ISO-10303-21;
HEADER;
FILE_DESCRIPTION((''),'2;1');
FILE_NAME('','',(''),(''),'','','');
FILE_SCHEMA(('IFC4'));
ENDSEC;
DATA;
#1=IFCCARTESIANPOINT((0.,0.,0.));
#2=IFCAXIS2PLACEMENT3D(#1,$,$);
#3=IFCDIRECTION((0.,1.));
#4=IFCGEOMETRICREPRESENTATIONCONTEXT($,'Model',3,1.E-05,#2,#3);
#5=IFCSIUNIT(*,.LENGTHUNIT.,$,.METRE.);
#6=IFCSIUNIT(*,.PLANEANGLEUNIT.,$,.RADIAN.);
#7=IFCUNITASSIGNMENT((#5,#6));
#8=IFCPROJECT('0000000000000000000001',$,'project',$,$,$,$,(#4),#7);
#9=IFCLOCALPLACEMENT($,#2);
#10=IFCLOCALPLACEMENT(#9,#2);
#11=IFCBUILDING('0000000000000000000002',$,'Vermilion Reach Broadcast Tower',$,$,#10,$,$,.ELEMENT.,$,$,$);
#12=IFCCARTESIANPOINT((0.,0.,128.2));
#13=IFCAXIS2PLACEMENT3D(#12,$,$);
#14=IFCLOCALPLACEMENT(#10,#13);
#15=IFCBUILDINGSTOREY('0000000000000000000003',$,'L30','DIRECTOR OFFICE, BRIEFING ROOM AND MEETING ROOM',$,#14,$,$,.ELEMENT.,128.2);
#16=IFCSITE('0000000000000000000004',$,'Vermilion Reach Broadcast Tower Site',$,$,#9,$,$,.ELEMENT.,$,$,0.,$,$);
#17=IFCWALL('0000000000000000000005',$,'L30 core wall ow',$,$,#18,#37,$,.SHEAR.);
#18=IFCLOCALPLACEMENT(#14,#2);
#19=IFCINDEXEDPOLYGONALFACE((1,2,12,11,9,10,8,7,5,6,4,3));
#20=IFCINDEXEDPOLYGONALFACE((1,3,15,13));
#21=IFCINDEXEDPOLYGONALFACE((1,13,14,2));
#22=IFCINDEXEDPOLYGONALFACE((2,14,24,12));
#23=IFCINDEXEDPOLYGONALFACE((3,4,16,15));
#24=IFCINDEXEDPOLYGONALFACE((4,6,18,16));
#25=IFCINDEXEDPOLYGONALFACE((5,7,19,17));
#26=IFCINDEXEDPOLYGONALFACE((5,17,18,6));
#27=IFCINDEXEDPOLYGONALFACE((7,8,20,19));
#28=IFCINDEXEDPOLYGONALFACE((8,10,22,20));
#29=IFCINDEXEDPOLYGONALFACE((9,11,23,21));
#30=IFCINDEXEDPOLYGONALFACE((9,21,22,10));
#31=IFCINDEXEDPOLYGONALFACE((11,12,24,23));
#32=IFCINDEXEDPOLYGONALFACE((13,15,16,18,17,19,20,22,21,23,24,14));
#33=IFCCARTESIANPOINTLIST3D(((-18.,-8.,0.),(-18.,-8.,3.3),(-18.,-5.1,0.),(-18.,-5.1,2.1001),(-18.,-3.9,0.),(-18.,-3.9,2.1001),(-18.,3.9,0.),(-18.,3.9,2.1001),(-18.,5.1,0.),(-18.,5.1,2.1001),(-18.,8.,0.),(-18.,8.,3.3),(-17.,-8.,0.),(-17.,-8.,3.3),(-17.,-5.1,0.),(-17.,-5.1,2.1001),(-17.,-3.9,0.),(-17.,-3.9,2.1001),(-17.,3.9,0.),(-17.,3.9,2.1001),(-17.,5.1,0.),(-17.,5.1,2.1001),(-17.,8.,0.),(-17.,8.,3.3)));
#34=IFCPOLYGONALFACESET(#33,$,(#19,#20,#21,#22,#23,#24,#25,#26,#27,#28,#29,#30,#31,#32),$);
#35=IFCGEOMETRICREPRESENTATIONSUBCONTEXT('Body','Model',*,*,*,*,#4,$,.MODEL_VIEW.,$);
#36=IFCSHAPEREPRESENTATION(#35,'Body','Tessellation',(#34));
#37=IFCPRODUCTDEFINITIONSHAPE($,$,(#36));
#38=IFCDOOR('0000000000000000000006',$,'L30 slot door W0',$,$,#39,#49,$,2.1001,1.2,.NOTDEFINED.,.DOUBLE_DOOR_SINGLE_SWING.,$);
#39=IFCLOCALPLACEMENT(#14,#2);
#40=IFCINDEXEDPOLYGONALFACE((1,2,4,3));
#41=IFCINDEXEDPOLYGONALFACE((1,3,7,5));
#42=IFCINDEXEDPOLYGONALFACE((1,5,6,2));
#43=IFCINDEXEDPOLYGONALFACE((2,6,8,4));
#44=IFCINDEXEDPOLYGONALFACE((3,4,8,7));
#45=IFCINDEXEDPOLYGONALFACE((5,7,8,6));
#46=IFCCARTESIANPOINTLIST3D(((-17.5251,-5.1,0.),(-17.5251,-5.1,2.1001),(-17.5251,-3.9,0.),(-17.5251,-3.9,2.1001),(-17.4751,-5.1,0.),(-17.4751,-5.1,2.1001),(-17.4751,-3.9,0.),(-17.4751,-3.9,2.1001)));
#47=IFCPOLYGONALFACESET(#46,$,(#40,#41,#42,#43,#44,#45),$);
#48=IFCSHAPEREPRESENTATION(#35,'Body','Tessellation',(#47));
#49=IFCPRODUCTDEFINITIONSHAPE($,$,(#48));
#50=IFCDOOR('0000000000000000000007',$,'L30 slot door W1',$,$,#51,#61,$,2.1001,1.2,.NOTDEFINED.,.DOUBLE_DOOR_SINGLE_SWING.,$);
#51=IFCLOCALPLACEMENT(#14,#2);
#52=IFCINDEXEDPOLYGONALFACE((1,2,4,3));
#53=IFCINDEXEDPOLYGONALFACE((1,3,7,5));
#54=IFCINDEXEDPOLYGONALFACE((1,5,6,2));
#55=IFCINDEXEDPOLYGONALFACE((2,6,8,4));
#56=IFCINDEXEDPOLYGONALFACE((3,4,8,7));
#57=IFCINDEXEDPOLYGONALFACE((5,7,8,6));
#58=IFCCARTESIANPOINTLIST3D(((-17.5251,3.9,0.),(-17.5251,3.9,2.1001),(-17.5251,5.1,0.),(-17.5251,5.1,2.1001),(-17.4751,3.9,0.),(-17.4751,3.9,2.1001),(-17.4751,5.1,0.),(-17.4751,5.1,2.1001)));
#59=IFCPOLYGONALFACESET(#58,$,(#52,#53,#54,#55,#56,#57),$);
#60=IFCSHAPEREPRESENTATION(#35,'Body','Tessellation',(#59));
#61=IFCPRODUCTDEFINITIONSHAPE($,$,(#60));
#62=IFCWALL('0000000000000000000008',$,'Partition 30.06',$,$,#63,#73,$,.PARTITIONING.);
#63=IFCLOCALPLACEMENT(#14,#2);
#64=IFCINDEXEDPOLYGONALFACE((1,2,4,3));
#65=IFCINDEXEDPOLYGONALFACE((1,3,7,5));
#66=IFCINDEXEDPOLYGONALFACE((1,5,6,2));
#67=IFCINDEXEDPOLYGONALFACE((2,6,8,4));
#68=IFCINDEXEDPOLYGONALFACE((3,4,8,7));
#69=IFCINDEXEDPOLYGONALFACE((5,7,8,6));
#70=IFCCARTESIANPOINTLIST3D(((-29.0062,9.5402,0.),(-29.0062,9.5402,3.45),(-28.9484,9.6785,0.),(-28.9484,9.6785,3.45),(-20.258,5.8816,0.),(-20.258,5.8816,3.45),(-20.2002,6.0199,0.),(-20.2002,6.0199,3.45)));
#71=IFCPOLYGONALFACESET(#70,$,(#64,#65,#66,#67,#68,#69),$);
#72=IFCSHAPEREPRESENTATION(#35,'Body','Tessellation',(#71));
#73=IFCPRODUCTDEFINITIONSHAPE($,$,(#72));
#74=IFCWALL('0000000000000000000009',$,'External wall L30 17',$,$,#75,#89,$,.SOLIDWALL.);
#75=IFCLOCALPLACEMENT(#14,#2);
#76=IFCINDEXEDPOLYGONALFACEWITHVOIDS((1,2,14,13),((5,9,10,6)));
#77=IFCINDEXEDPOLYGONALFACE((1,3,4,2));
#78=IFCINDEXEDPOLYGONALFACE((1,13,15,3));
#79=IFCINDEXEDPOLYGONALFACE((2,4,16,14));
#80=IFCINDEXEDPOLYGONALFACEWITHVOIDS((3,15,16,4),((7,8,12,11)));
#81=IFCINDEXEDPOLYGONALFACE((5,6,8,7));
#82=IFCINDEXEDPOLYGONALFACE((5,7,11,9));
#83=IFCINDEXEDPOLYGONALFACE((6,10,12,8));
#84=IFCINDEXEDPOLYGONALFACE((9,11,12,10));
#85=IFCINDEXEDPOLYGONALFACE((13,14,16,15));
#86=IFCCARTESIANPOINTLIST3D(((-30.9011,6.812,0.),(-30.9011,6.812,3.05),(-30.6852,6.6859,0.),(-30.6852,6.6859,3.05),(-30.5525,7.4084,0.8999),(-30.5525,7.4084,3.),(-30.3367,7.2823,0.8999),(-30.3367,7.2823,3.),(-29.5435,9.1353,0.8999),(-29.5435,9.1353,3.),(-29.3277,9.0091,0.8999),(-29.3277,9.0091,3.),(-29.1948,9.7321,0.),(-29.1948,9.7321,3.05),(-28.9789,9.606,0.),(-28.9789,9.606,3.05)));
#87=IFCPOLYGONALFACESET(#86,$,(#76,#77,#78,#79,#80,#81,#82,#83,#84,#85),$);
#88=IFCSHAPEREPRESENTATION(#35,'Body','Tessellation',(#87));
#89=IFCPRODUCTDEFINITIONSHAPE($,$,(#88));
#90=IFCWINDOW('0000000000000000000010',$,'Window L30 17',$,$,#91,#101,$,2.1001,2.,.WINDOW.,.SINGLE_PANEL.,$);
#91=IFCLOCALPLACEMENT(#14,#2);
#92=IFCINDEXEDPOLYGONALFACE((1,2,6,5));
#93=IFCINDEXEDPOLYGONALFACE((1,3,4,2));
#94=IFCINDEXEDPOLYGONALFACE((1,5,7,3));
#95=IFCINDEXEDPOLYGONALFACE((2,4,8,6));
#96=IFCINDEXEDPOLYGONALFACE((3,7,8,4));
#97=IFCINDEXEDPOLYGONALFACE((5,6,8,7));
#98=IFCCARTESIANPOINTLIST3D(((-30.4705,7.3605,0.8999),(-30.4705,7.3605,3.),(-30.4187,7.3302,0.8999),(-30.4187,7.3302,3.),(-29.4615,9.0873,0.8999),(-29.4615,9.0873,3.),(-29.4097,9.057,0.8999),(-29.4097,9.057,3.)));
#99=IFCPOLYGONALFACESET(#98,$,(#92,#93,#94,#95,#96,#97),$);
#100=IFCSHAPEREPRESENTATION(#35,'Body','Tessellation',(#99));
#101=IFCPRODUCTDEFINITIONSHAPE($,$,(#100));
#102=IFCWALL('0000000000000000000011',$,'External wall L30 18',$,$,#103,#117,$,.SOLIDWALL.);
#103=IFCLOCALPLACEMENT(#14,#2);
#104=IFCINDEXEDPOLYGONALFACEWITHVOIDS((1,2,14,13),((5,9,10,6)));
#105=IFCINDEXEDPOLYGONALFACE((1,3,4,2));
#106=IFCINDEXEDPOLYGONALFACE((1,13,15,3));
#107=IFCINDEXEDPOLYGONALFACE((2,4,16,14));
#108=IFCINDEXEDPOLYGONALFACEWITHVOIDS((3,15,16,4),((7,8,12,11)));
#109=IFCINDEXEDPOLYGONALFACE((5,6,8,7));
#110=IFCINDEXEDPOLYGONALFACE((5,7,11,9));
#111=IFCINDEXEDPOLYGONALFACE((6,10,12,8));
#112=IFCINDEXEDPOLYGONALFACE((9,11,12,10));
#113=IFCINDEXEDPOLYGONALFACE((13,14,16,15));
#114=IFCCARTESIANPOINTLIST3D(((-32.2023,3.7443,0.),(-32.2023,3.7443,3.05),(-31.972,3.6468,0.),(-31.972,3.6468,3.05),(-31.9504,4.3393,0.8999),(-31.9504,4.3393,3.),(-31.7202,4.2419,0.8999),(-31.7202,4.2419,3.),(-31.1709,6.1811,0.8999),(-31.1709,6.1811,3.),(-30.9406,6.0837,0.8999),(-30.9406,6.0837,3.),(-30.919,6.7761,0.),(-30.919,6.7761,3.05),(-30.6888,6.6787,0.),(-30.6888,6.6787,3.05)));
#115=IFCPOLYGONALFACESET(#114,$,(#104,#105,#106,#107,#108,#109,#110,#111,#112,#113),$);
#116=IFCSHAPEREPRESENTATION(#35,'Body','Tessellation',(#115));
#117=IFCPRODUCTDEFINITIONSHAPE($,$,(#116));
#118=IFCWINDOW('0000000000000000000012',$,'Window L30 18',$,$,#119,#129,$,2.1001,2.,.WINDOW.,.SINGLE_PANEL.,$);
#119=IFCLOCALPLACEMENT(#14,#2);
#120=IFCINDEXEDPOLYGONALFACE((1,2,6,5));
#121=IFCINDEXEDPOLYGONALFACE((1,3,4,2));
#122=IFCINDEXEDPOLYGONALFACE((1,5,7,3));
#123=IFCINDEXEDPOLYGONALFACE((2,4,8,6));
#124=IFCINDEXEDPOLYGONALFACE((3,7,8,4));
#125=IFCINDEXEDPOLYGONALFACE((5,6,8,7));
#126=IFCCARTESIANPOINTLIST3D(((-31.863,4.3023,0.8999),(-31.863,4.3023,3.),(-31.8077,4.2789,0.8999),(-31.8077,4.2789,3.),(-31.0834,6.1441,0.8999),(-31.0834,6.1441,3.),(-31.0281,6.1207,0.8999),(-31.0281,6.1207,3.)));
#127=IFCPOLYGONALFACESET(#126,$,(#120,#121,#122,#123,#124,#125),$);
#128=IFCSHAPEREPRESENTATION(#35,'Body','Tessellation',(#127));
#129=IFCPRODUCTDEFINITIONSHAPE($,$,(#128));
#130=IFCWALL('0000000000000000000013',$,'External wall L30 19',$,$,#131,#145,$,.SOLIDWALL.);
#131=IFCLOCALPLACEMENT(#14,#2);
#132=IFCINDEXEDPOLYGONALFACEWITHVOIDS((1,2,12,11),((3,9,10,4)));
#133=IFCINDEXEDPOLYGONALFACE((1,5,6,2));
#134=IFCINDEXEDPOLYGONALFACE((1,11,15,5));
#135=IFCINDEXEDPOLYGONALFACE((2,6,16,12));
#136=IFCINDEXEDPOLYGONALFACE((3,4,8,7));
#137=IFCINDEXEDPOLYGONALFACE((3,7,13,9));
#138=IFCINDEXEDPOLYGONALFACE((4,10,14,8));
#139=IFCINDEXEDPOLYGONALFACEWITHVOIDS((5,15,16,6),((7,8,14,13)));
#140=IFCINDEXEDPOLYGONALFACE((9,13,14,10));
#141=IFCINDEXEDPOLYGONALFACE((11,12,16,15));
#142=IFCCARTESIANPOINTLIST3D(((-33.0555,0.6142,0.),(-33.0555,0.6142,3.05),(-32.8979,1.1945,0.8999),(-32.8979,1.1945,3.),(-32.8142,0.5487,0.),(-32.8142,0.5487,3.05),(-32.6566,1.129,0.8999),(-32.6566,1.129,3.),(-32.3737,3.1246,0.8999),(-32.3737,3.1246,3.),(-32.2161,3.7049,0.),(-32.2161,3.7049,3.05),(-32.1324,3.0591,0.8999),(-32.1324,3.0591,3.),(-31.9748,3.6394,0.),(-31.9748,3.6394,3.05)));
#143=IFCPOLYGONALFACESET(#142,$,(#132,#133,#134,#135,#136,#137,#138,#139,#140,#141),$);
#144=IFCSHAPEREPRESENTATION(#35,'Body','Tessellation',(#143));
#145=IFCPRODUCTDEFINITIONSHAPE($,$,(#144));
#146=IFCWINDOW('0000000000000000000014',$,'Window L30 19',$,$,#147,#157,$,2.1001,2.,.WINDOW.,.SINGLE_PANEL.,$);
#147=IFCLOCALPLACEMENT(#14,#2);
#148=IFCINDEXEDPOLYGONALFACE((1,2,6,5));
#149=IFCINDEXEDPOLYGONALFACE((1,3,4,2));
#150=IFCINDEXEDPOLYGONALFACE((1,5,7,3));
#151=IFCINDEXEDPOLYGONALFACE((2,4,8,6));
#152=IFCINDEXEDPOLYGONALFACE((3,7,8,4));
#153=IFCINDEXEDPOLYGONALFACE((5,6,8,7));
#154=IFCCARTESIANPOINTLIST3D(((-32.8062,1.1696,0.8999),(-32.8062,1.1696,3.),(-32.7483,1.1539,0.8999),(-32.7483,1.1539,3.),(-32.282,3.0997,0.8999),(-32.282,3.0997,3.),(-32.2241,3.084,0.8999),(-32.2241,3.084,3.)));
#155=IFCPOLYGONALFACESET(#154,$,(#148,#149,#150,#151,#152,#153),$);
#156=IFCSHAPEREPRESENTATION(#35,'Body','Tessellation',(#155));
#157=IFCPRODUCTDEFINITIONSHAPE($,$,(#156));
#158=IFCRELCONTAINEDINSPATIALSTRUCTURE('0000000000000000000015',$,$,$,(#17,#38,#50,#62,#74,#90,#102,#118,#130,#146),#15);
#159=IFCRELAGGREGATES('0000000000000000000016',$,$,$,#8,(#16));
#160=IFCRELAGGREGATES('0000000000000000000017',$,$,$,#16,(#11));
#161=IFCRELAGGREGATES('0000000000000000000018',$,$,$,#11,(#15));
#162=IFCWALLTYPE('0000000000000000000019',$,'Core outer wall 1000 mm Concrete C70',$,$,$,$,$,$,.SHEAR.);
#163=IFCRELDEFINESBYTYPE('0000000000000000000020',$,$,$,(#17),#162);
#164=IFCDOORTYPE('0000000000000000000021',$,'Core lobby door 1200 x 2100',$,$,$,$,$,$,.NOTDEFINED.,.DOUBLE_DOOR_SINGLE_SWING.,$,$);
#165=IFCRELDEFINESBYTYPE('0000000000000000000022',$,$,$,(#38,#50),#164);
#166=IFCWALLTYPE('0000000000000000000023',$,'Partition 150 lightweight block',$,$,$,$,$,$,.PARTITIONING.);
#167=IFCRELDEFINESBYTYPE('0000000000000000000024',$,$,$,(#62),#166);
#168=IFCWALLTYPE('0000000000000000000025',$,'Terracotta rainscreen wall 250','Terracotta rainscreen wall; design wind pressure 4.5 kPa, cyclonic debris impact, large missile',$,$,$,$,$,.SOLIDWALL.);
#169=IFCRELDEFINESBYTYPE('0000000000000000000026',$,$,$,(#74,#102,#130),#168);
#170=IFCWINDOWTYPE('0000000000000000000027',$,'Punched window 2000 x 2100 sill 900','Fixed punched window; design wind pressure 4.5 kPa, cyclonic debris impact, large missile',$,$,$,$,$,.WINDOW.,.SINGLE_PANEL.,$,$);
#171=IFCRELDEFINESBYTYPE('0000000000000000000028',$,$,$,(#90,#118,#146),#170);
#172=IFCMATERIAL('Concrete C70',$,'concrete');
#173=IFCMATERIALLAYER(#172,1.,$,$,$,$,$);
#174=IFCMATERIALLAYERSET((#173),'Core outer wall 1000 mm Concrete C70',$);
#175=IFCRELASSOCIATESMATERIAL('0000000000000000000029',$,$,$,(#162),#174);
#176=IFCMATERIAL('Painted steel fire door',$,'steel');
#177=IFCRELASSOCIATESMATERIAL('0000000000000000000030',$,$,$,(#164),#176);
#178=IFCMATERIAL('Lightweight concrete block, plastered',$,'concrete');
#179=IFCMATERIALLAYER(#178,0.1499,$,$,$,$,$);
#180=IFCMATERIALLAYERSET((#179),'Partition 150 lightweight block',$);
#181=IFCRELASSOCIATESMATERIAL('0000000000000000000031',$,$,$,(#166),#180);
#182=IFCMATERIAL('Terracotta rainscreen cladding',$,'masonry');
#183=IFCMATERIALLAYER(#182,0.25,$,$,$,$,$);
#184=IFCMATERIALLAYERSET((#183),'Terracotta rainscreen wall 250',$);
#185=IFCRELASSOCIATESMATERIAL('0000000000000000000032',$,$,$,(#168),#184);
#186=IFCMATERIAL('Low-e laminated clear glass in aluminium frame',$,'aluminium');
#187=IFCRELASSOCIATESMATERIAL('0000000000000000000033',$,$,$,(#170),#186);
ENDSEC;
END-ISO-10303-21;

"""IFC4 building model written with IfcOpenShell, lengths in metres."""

from ifc_helpers import new_model, si_unit, direction, frame, frame_2d, origin, place, context, subcontext, project, spatial, rectangle, extrude, material, layer, layer_set, type_object, element, fill, save


model = new_model("IFC4")

# Units and contexts
model_context = context("Model", 3, precision=1e-05, world=origin(), true_north=direction((0.0, 1.0)))
body_context = subcontext(model_context, "Body", "Model", "MODEL_VIEW")
ifc_project = project(units=[si_unit("LENGTHUNIT", "METRE"), si_unit("PLANEANGLEUNIT", "RADIAN")], contexts=[model_context])

# Site, building, storey
site_placement = place(None, origin())
site = spatial("IfcSite", under=ifc_project, at=site_placement, Name="Vermilion Reach Broadcast Tower Site", CompositionType="ELEMENT", RefElevation=0.0)
building_placement = place(site_placement, origin())
building = spatial("IfcBuilding", under=site, at=building_placement, Name="Vermilion Reach Broadcast Tower", CompositionType="ELEMENT")
storey_placement = place(building_placement, frame((0.0, 0.0, 128.2)))
storey = spatial("IfcBuildingStorey", under=building, at=storey_placement, Name="L30", Description="DIRECTOR OFFICE, BRIEFING ROOM AND MEETING ROOM", CompositionType="ELEMENT", Elevation=128.2)

# Wall, openings, doors
ifc_material_1 = material(Name="Concrete C70", Category="concrete")
ifc_layer_1 = layer(ifc_material_1, 1.0)
ifc_layer_set_1 = layer_set([ifc_layer_1], Name="Core outer wall 1000 mm Concrete C70")
wall_type_1 = type_object("IfcWallType", Name="Core outer wall 1000 mm Concrete C70", PredefinedType="SHEAR", material=ifc_layer_set_1)
wall_1_placement = place(storey_placement, frame((-17.5, 8.0, 0.0), z_axis=(0.0, 0.0, 1.0), x_axis=(0.0, -1.0, 0.0)))
wall_1 = element("IfcWall", 1, at=wall_1_placement, inside=storey, type_object=wall_type_1, Name="L30 core wall ow", PredefinedType="SHEAR", context=body_context, shape_type="SweptSolid", body=[
    extrude(rectangle(XDim=16.0, YDim=1.0, at=frame_2d((8.0, 0.0))), origin(), (0.0, 0.0, 1.0), 3.3),
])
opening_1_placement = place(wall_1_placement, frame((11.8999, 0.0, 0.0)))
opening_1 = element("IfcOpeningElement", 2, at=opening_1_placement, cuts=wall_1, PredefinedType="OPENING", context=body_context, shape_type="SweptSolid", body=[
    extrude(rectangle(XDim=1.2, YDim=2.1001, at=frame_2d((0.6001, 1.05))), frame((0.0, 0.51, 0.0), z_axis=(0.0, -1.0, 0.0), x_axis=(1.0, 0.0, 0.0)), (0.0, 0.0, 1.0), 1.02),
])
opening_2_placement = place(wall_1_placement, frame((2.8999, 0.0, 0.0)))
opening_2 = element("IfcOpeningElement", 3, at=opening_2_placement, cuts=wall_1, PredefinedType="OPENING", context=body_context, shape_type="SweptSolid", body=[
    extrude(rectangle(XDim=1.2, YDim=2.1001, at=frame_2d((0.6001, 1.05))), frame((0.0, 0.51, 0.0), z_axis=(0.0, -1.0, 0.0), x_axis=(1.0, 0.0, 0.0)), (0.0, 0.0, 1.0), 1.02),
])
ifc_material_2 = material(Name="Painted steel fire door", Category="steel")
door_type_1 = type_object("IfcDoorType", Name="Core lobby door 1200 x 2100", OperationType="DOUBLE_DOOR_SINGLE_SWING", PredefinedType="NOTDEFINED", material=ifc_material_2)
door_1_placement = place(opening_1_placement, origin())
door_1 = element("IfcDoor", 4, at=door_1_placement, inside=storey, type_object=door_type_1, Name="L30 slot door W0", OperationType="DOUBLE_DOOR_SINGLE_SWING", OverallHeight=2.1001, OverallWidth=1.2, PredefinedType="NOTDEFINED", context=body_context, shape_type="SweptSolid", body=[
    extrude(rectangle(XDim=1.2, YDim=2.1001, at=frame_2d((0.6001, 1.05))), frame((0.0, 0.0249, 0.0), z_axis=(0.0, -1.0, 0.0), x_axis=(1.0, 0.0, 0.0)), (0.0, 0.0, 1.0), 0.05),
])
fill(opening_1, door_1)
door_2_placement = place(opening_2_placement, origin())
door_2 = element("IfcDoor", 5, at=door_2_placement, inside=storey, type_object=door_type_1, Name="L30 slot door W1", OperationType="DOUBLE_DOOR_SINGLE_SWING", OverallHeight=2.1001, OverallWidth=1.2, PredefinedType="NOTDEFINED", context=body_context, shape_type="SweptSolid", body=[
    extrude(rectangle(XDim=1.2, YDim=2.1001, at=frame_2d((0.6001, 1.05))), frame((0.0, 0.0249, 0.0), z_axis=(0.0, -1.0, 0.0), x_axis=(1.0, 0.0, 0.0)), (0.0, 0.0, 1.0), 0.05),
])
fill(opening_2, door_2)

# Wall
ifc_material_3 = material(Name="Lightweight concrete block, plastered", Category="concrete")
ifc_layer_2 = layer(ifc_material_3, 0.1499)
ifc_layer_set_2 = layer_set([ifc_layer_2], Name="Partition 150 lightweight block")
wall_type_2 = type_object("IfcWallType", Name="Partition 150 lightweight block", PredefinedType="PARTITIONING", material=ifc_layer_set_2)
wall_2_placement = place(storey_placement, frame((-28.9773, 9.6094, 0.0), z_axis=(0.0, 0.0, 1.0), x_axis=(0.922568, -0.385834, 0.0)))
element("IfcWall", 6, at=wall_2_placement, inside=storey, type_object=wall_type_2, Name="Partition 30.06", PredefinedType="PARTITIONING", context=body_context, shape_type="SweptSolid", body=[
    extrude(rectangle(XDim=9.4824, YDim=0.1499, at=frame_2d((4.7412, 0.0))), origin(), (0.0, 0.0, 1.0), 3.45),
])

# Shared definitions
ifc_material_4 = material(Name="Terracotta rainscreen cladding", Category="masonry")
ifc_layer_3 = layer(ifc_material_4, 0.25)
ifc_layer_set_3 = layer_set([ifc_layer_3], Name="Terracotta rainscreen wall 250")
wall_type_3 = type_object("IfcWallType", Name="Terracotta rainscreen wall 250", Description="Terracotta rainscreen wall; design wind pressure 4.5 kPa, cyclonic debris impact, large missile", PredefinedType="SOLIDWALL", material=ifc_layer_set_3)

# Walls, openings, windows
wall_3_placement = place(storey_placement, frame((-29.0869, 9.6689, 0.0), z_axis=(0.0, 0.0, 1.0), x_axis=(-0.504504, -0.86341, 0.0)))
wall_3 = element("IfcWall", 7, at=wall_3_placement, inside=storey, type_object=wall_type_3, Name="External wall L30 17", PredefinedType="SOLIDWALL", context=body_context, shape_type="SweptSolid", body=[
    extrude(rectangle(XDim=3.3821, YDim=0.25, at=frame_2d((1.6909, 0.0))), origin(), (0.0, 0.0, 1.0), 3.05),
])
opening_3_placement = place(wall_3_placement, frame((0.6912, 0.0, 0.8999)))
opening_3 = element("IfcOpeningElement", 8, at=opening_3_placement, cuts=wall_3, PredefinedType="OPENING", context=body_context, shape_type="SweptSolid", body=[
    extrude(rectangle(XDim=2.0, YDim=2.1001, at=frame_2d((1.0, 1.05))), frame((0.0, 0.135, 0.0), z_axis=(0.0, -1.0, 0.0), x_axis=(1.0, 0.0, 0.0)), (0.0, 0.0, 1.0), 0.27),
])
ifc_material_5 = material(Name="Low-e laminated clear glass in aluminium frame", Category="aluminium")
window_type = type_object("IfcWindowType", Name="Punched window 2000 x 2100 sill 900", Description="Fixed punched window; design wind pressure 4.5 kPa, cyclonic debris impact, large missile", PartitioningType="SINGLE_PANEL", PredefinedType="WINDOW", material=ifc_material_5)
window_1_placement = place(opening_3_placement, origin())
window_1 = element("IfcWindow", 9, at=window_1_placement, inside=storey, type_object=window_type, Name="Window L30 17", OverallHeight=2.1001, OverallWidth=2.0, PartitioningType="SINGLE_PANEL", PredefinedType="WINDOW", context=body_context, shape_type="SweptSolid", body=[
    extrude(rectangle(XDim=2.0, YDim=2.1001, at=frame_2d((1.0, 1.05))), frame((0.0, 0.03, 0.0), z_axis=(0.0, -1.0, 0.0), x_axis=(1.0, 0.0, 0.0)), (0.0, 0.0, 1.0), 0.0601),
])
fill(opening_3, window_1)
wall_4_placement = place(storey_placement, frame((-30.804, 6.7273, 0.0), z_axis=(0.0, 0.0, 1.0), x_axis=(-0.38978, -0.920908, 0.0)))
wall_4 = element("IfcWall", 10, at=wall_4_placement, inside=storey, type_object=wall_type_3, Name="External wall L30 18", PredefinedType="SOLIDWALL", context=body_context, shape_type="SweptSolid", body=[
    extrude(rectangle(XDim=3.2922, YDim=0.25, at=frame_2d((1.646, 0.0))), origin(), (0.0, 0.0, 1.0), 3.05),
])
opening_4_placement = place(wall_4_placement, frame((0.646, 0.0, 0.8999)))
opening_4 = element("IfcOpeningElement", 11, at=opening_4_placement, cuts=wall_4, PredefinedType="OPENING", context=body_context, shape_type="SweptSolid", body=[
    extrude(rectangle(XDim=2.0, YDim=2.1001, at=frame_2d((1.0, 1.05))), frame((0.0, 0.135, 0.0), z_axis=(0.0, -1.0, 0.0), x_axis=(1.0, 0.0, 0.0)), (0.0, 0.0, 1.0), 0.27),
])
window_2_placement = place(opening_4_placement, origin())
window_2 = element("IfcWindow", 12, at=window_2_placement, inside=storey, type_object=window_type, Name="Window L30 18", OverallHeight=2.1001, OverallWidth=2.0, PartitioningType="SINGLE_PANEL", PredefinedType="WINDOW", context=body_context, shape_type="SweptSolid", body=[
    extrude(rectangle(XDim=2.0, YDim=2.1001, at=frame_2d((1.0, 1.05))), frame((0.0, 0.03, 0.0), z_axis=(0.0, -1.0, 0.0), x_axis=(1.0, 0.0, 0.0)), (0.0, 0.0, 1.0), 0.0601),
])
fill(opening_4, window_2)
wall_5_placement = place(storey_placement, frame((-32.0955, 3.6721, 0.0), z_axis=(0.0, 0.0, 1.0), x_axis=(-0.262092, -0.965043, 0.0)))
wall_5 = element("IfcWall", 13, at=wall_5_placement, inside=storey, type_object=wall_type_3, Name="External wall L30 19", PredefinedType="SOLIDWALL", context=body_context, shape_type="SweptSolid", body=[
    extrude(rectangle(XDim=3.2026, YDim=0.25, at=frame_2d((1.6013, 0.0))), origin(), (0.0, 0.0, 1.0), 3.05),
])
opening_5_placement = place(wall_5_placement, frame((0.6013, 0.0, 0.8999)))
opening_5 = element("IfcOpeningElement", 14, at=opening_5_placement, cuts=wall_5, PredefinedType="OPENING", context=body_context, shape_type="SweptSolid", body=[
    extrude(rectangle(XDim=2.0, YDim=2.1001, at=frame_2d((1.0, 1.05))), frame((0.0, 0.135, 0.0), z_axis=(0.0, -1.0, 0.0), x_axis=(1.0, 0.0, 0.0)), (0.0, 0.0, 1.0), 0.27),
])
window_3_placement = place(opening_5_placement, origin())
window_3 = element("IfcWindow", 15, at=window_3_placement, inside=storey, type_object=window_type, Name="Window L30 19", OverallHeight=2.1001, OverallWidth=2.0, PartitioningType="SINGLE_PANEL", PredefinedType="WINDOW", context=body_context, shape_type="SweptSolid", body=[
    extrude(rectangle(XDim=2.0, YDim=2.1001, at=frame_2d((1.0, 1.05))), frame((0.0, 0.03, 0.0), z_axis=(0.0, -1.0, 0.0), x_axis=(1.0, 0.0, 0.0)), (0.0, 0.0, 1.0), 0.0601),
])
fill(opening_5, window_3)

save(model, "model.ifc")
